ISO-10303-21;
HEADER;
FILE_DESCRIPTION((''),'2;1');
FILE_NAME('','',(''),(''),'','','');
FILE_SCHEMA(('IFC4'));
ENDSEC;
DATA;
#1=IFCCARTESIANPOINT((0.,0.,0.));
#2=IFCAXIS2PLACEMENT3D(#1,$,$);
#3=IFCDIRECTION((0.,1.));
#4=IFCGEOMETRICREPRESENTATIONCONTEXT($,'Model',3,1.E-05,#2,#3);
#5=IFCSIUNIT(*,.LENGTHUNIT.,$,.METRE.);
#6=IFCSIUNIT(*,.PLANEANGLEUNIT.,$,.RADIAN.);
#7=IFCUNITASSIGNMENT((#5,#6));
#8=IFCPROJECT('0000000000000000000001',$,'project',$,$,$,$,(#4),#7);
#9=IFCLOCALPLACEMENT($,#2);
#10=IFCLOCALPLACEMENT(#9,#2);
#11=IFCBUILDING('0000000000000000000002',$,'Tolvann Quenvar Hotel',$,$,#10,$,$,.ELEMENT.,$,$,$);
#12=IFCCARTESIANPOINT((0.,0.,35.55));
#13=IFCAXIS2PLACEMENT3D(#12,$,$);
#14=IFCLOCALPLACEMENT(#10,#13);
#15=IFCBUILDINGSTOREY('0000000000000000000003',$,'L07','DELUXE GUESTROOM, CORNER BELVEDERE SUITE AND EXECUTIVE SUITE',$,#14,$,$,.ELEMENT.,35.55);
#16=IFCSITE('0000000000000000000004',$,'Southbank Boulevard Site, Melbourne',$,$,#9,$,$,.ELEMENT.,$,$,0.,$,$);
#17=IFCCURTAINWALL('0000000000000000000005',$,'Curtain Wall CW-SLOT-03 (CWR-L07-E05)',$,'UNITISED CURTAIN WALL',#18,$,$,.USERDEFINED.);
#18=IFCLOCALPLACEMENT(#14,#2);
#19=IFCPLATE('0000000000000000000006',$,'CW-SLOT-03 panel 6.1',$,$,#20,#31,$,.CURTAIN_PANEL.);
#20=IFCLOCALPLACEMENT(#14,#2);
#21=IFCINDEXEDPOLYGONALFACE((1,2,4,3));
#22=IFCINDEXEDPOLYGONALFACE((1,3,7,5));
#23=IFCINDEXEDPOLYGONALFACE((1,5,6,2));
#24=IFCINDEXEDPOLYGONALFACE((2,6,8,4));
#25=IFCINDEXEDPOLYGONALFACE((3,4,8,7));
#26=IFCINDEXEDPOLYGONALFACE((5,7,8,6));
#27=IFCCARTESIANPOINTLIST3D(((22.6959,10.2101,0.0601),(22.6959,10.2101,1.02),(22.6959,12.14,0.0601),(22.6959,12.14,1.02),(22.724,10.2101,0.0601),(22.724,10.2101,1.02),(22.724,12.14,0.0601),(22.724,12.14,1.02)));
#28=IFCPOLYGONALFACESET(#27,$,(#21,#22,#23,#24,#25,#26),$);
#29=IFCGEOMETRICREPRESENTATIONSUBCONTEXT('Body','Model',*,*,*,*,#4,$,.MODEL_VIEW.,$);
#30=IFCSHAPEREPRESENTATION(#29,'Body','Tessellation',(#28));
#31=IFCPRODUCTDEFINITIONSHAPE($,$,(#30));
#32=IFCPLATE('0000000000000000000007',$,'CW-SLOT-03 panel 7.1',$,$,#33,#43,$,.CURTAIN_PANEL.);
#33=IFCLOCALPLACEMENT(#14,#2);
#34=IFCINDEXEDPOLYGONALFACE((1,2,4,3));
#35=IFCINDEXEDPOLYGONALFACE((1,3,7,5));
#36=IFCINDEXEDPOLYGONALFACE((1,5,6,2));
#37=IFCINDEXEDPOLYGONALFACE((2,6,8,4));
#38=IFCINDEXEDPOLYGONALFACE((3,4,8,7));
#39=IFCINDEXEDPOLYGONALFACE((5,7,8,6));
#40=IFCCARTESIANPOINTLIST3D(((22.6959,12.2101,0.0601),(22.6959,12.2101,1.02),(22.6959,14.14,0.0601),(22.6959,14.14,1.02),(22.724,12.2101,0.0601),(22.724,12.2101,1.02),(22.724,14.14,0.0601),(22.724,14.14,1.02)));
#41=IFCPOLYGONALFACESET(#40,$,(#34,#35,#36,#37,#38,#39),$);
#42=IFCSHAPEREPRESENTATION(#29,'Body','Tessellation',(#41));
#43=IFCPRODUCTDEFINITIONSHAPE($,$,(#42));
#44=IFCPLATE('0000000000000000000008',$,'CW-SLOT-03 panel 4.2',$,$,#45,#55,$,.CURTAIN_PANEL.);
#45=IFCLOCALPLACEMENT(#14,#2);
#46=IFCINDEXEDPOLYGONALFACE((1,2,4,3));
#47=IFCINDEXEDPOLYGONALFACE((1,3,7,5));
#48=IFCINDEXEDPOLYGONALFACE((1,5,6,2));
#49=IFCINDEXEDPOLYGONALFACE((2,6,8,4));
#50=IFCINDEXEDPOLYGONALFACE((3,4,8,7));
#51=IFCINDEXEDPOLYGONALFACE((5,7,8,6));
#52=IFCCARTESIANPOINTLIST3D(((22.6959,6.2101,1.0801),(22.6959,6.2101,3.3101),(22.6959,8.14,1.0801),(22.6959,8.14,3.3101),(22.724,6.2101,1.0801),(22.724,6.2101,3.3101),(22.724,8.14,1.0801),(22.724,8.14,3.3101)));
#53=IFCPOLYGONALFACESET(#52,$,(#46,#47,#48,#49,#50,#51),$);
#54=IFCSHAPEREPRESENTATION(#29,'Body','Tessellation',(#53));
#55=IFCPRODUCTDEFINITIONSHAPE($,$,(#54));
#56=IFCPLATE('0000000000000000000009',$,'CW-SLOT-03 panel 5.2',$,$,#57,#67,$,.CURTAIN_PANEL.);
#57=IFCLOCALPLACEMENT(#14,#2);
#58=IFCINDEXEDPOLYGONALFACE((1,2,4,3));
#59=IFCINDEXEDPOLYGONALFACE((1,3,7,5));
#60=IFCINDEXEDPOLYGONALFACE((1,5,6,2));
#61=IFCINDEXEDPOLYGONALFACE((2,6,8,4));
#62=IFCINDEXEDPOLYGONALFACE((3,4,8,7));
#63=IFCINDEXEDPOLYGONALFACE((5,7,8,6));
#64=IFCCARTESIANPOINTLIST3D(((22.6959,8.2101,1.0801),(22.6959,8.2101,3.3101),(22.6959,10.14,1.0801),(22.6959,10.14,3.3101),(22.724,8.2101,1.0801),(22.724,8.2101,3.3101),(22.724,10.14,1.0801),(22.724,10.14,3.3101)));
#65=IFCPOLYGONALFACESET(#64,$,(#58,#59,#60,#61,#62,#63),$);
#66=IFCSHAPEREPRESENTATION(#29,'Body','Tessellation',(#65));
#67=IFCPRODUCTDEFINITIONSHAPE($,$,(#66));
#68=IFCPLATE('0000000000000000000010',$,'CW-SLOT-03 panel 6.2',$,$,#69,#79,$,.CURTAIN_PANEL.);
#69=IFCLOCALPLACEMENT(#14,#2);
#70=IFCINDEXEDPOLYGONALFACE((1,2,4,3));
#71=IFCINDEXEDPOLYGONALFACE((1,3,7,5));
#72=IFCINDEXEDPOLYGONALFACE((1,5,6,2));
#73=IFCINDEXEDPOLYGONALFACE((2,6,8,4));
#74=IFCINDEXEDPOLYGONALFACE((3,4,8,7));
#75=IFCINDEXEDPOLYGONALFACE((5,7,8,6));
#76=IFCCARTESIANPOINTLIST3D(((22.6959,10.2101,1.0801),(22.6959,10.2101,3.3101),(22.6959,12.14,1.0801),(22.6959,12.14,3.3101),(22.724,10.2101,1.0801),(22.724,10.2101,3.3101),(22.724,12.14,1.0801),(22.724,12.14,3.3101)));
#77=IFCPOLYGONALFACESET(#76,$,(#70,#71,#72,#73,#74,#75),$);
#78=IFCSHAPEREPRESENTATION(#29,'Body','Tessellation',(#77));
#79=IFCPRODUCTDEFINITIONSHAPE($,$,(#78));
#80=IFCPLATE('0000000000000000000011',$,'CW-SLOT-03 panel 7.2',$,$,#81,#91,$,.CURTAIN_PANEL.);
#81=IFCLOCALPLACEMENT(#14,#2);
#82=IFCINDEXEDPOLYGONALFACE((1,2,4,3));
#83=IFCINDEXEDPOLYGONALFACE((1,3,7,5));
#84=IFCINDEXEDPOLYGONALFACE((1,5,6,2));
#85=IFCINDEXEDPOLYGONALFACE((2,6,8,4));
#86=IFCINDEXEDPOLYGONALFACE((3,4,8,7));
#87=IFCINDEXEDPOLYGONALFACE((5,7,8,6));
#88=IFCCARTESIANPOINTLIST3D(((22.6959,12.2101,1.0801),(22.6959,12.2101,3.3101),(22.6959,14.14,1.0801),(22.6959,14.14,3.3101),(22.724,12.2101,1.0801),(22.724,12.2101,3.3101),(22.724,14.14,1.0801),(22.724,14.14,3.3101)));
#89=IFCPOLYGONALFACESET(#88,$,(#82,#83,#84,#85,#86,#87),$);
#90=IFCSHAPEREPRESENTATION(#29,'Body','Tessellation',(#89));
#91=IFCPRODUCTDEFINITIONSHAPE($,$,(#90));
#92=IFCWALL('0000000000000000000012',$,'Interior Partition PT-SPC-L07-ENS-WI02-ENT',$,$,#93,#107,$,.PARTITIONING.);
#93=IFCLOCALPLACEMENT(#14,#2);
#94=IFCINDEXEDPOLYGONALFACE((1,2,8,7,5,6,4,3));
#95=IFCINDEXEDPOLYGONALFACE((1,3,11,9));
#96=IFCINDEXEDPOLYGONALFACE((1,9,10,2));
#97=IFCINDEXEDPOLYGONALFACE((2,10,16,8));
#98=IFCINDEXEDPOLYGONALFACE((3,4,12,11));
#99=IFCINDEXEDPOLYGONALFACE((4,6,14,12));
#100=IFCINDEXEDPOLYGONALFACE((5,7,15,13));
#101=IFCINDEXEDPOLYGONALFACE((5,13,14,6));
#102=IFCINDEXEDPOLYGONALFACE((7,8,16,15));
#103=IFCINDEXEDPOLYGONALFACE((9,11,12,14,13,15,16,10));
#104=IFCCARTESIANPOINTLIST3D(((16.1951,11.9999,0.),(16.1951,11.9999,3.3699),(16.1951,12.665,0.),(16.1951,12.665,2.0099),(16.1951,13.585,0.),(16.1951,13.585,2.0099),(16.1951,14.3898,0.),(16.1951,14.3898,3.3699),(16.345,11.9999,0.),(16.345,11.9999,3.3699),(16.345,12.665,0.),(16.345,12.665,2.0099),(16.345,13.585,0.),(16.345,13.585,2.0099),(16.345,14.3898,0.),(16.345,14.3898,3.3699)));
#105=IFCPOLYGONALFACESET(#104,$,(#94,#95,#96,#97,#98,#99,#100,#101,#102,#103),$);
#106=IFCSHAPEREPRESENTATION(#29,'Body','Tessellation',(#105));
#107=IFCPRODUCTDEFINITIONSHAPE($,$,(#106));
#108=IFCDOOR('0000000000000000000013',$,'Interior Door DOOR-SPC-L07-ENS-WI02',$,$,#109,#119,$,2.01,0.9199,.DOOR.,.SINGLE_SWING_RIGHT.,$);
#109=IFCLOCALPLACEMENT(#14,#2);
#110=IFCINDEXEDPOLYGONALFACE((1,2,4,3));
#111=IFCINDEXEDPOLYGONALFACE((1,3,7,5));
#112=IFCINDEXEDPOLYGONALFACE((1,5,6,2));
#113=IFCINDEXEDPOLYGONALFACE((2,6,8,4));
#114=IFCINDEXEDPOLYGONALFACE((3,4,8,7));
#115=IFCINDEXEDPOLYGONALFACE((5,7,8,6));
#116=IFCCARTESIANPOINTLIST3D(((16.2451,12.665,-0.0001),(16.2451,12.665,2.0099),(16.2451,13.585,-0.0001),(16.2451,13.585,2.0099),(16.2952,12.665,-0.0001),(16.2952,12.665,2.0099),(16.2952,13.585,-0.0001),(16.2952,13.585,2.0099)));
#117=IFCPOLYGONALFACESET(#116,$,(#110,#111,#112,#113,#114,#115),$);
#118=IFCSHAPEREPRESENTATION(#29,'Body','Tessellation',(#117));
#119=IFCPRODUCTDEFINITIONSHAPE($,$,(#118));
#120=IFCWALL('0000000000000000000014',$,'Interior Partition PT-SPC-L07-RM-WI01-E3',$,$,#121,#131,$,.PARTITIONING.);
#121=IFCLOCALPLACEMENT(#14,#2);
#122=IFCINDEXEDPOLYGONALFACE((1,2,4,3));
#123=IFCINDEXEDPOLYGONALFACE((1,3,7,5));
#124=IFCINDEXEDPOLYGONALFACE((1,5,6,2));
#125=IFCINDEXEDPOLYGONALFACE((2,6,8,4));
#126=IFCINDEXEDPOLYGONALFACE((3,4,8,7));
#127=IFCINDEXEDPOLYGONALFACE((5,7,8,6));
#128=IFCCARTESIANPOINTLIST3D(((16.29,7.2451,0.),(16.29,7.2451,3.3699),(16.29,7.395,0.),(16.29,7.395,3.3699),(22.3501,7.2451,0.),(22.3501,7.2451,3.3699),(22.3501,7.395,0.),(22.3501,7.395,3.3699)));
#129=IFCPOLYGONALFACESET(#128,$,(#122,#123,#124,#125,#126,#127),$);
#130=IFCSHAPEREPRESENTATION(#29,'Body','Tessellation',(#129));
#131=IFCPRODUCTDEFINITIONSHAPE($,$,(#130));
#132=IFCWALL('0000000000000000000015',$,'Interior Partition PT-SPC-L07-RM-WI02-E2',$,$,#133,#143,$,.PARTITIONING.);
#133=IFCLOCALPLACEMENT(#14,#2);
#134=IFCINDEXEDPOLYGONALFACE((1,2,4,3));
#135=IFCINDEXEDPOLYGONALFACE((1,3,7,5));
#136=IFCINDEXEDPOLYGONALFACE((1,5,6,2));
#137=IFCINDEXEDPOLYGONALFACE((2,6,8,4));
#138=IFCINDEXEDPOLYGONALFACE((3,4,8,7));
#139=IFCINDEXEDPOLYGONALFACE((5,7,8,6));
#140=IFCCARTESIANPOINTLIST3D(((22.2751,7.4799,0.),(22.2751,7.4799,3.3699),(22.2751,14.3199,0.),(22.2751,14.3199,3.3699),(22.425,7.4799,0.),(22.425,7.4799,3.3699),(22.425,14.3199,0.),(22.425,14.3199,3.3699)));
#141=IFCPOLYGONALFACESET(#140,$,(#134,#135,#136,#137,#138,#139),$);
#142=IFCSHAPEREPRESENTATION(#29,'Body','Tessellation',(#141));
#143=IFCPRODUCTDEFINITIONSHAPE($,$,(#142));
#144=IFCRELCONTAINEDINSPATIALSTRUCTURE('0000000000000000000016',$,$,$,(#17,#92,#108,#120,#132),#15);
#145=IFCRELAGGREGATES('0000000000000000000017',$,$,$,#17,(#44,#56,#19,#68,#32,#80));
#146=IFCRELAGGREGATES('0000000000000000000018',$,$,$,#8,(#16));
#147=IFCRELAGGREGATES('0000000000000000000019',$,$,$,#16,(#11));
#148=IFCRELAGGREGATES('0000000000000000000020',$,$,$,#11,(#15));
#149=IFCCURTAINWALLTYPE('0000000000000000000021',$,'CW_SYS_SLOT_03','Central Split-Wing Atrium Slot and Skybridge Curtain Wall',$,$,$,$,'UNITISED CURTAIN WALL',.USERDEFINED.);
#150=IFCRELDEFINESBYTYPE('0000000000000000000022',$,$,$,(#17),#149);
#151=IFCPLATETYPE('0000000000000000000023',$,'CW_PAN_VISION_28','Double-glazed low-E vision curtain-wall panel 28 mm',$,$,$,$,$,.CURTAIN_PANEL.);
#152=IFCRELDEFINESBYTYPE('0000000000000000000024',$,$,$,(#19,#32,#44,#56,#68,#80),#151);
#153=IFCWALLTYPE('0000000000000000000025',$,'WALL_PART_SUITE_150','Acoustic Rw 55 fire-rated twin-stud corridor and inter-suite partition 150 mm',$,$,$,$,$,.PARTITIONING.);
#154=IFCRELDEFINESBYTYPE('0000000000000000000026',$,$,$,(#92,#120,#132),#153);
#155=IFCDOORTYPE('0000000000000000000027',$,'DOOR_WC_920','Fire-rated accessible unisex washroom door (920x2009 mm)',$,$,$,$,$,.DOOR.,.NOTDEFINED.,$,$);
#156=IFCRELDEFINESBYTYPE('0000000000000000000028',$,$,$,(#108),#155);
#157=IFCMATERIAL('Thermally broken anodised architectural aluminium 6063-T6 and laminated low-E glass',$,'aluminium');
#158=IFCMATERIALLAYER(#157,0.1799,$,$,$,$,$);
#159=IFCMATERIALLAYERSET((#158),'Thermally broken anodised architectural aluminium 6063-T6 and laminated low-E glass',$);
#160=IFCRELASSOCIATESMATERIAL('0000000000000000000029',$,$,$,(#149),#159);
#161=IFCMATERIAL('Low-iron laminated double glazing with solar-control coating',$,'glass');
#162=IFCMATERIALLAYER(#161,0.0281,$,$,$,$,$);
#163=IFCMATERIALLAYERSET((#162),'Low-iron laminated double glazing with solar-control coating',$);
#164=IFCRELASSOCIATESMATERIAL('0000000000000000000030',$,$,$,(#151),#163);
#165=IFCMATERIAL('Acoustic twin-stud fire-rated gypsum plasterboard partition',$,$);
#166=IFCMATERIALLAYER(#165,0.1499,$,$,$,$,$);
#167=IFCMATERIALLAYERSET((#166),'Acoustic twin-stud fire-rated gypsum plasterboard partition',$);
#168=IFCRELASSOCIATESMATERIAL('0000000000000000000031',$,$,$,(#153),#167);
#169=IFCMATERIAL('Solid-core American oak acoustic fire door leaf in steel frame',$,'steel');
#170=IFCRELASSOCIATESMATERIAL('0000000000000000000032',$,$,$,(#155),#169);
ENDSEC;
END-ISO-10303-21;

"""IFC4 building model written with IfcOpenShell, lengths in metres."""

from ifc_helpers import new_model, si_unit, direction, frame, frame_2d, origin, origin_2d, place, context, subcontext, project, spatial, rectangle, extrude, source, transform, mapped, material, layer, layer_set, type_object, type_shapes, element, fill, aggregate, save


model = new_model("IFC4")

# Units and contexts
model_context = context("Model", 3, precision=1e-05, world=origin(), true_north=direction((0.0, 1.0)))
body_context = subcontext(model_context, "Body", "Model", "MODEL_VIEW")
ifc_project = project(units=[si_unit("LENGTHUNIT", "METRE"), si_unit("PLANEANGLEUNIT", "RADIAN")], contexts=[model_context])

# Site, building, storey
site_placement = place(None, origin())
site = spatial("IfcSite", under=ifc_project, at=site_placement, Name="Southbank Boulevard Site, Melbourne", CompositionType="ELEMENT", RefElevation=0.0)
building_placement = place(site_placement, origin())
building = spatial("IfcBuilding", under=site, at=building_placement, Name="Tolvann Quenvar Hotel", CompositionType="ELEMENT")
storey_placement = place(building_placement, frame((0.0, 0.0, 35.55)))
storey = spatial("IfcBuildingStorey", under=building, at=storey_placement, Name="L07", Description="DELUXE GUESTROOM, CORNER BELVEDERE SUITE AND EXECUTIVE SUITE", CompositionType="ELEMENT", Elevation=35.55)

# Curtain wall, plates
ifc_material_1 = material(Name="Thermally broken anodised architectural aluminium 6063-T6 and laminated low-E glass", Category="aluminium")
ifc_layer_1 = layer(ifc_material_1, 0.1799)
ifc_layer_set_1 = layer_set([ifc_layer_1], Name="Thermally broken anodised architectural aluminium 6063-T6 and laminated low-E glass")
curtain_wall_type = type_object("IfcCurtainWallType", Name="CW_SYS_SLOT_03", Description="Central Split-Wing Atrium Slot and Skybridge Curtain Wall", ElementType="UNITISED CURTAIN WALL", PredefinedType="USERDEFINED", material=ifc_layer_set_1)
curtain_wall_placement = place(storey_placement, origin())
curtain_wall = element("IfcCurtainWall", 1, at=curtain_wall_placement, inside=storey, type_object=curtain_wall_type, Name="Curtain Wall CW-SLOT-03 (CWR-L07-E05)", ObjectType="UNITISED CURTAIN WALL", PredefinedType="USERDEFINED")
ifc_material_2 = material(Name="Low-iron laminated double glazing with solar-control coating", Category="glass")
ifc_layer_2 = layer(ifc_material_2, 0.0281)
ifc_layer_set_2 = layer_set([ifc_layer_2], Name="Low-iron laminated double glazing with solar-control coating")
plate_type = type_object("IfcPlateType", Name="CW_PAN_VISION_28", Description="Double-glazed low-E vision curtain-wall panel 28 mm", PredefinedType="CURTAIN_PANEL", material=ifc_layer_set_2)
shared_shape_1 = source(origin(), body_context, "Body", "SweptSolid", [
    extrude(rectangle(XDim=1.9299, YDim=0.0281, at=origin_2d()), origin(), (0.0, 0.0, 1.0), 0.96),
])
plate_1_placement = place(storey_placement, frame((22.71, 11.175, 0.0601), z_axis=(0.0, 0.0, 1.0), x_axis=(0.0, 1.0, 0.0)))
plate_1 = element("IfcPlate", 2, at=plate_1_placement, type_object=plate_type, Name="CW-SLOT-03 panel 6.1", PredefinedType="CURTAIN_PANEL", context=body_context, shape_type="MappedRepresentation", body=[
    mapped(shared_shape_1, transform((0.0, 0.0, 0.0), x_axis=(1.0, 0.0, 0.0), y_axis=(0.0, 1.0, 0.0), z_axis=(0.0, 0.0, 1.0), scale=1.0)),
])
plate_2_placement = place(storey_placement, frame((22.71, 13.175, 0.0601), z_axis=(0.0, 0.0, 1.0), x_axis=(0.0, 1.0, 0.0)))
plate_2 = element("IfcPlate", 3, at=plate_2_placement, type_object=plate_type, Name="CW-SLOT-03 panel 7.1", PredefinedType="CURTAIN_PANEL", context=body_context, shape_type="MappedRepresentation", body=[
    mapped(shared_shape_1, transform((0.0, 0.0, 0.0), x_axis=(1.0, 0.0, 0.0), y_axis=(0.0, 1.0, 0.0), z_axis=(0.0, 0.0, 1.0), scale=1.0)),
])
shared_shape_2 = source(origin(), body_context, "Body", "SweptSolid", [
    extrude(rectangle(XDim=1.9299, YDim=0.0281, at=origin_2d()), origin(), (0.0, 0.0, 1.0), 2.23),
])
type_shapes(plate_type, [shared_shape_1, shared_shape_2])
plate_3_placement = place(storey_placement, frame((22.71, 7.175, 1.0801), z_axis=(0.0, 0.0, 1.0), x_axis=(0.0, 1.0, 0.0)))
plate_3 = element("IfcPlate", 4, at=plate_3_placement, type_object=plate_type, Name="CW-SLOT-03 panel 4.2", PredefinedType="CURTAIN_PANEL", context=body_context, shape_type="MappedRepresentation", body=[
    mapped(shared_shape_2, transform((0.0, 0.0, 0.0), x_axis=(1.0, 0.0, 0.0), y_axis=(0.0, 1.0, 0.0), z_axis=(0.0, 0.0, 1.0), scale=1.0)),
])
plate_4_placement = place(storey_placement, frame((22.71, 9.175, 1.0801), z_axis=(0.0, 0.0, 1.0), x_axis=(0.0, 1.0, 0.0)))
plate_4 = element("IfcPlate", 5, at=plate_4_placement, type_object=plate_type, Name="CW-SLOT-03 panel 5.2", PredefinedType="CURTAIN_PANEL", context=body_context, shape_type="MappedRepresentation", body=[
    mapped(shared_shape_2, transform((0.0, 0.0, 0.0), x_axis=(1.0, 0.0, 0.0), y_axis=(0.0, 1.0, 0.0), z_axis=(0.0, 0.0, 1.0), scale=1.0)),
])
plate_5_placement = place(storey_placement, frame((22.71, 11.175, 1.0801), z_axis=(0.0, 0.0, 1.0), x_axis=(0.0, 1.0, 0.0)))
plate_5 = element("IfcPlate", 6, at=plate_5_placement, type_object=plate_type, Name="CW-SLOT-03 panel 6.2", PredefinedType="CURTAIN_PANEL", context=body_context, shape_type="MappedRepresentation", body=[
    mapped(shared_shape_2, transform((0.0, 0.0, 0.0), x_axis=(1.0, 0.0, 0.0), y_axis=(0.0, 1.0, 0.0), z_axis=(0.0, 0.0, 1.0), scale=1.0)),
])
plate_6_placement = place(storey_placement, frame((22.71, 13.175, 1.0801), z_axis=(0.0, 0.0, 1.0), x_axis=(0.0, 1.0, 0.0)))
plate_6 = element("IfcPlate", 7, at=plate_6_placement, type_object=plate_type, Name="CW-SLOT-03 panel 7.2", PredefinedType="CURTAIN_PANEL", context=body_context, shape_type="MappedRepresentation", body=[
    mapped(shared_shape_2, transform((0.0, 0.0, 0.0), x_axis=(1.0, 0.0, 0.0), y_axis=(0.0, 1.0, 0.0), z_axis=(0.0, 0.0, 1.0), scale=1.0)),
])
aggregate(curtain_wall, [plate_3, plate_4, plate_1, plate_5, plate_2, plate_6])

# Wall, opening, door
ifc_material_3 = material(Name="Acoustic twin-stud fire-rated gypsum plasterboard partition")
ifc_layer_3 = layer(ifc_material_3, 0.1499)
ifc_layer_set_3 = layer_set([ifc_layer_3], Name="Acoustic twin-stud fire-rated gypsum plasterboard partition")
wall_type = type_object("IfcWallType", Name="WALL_PART_SUITE_150", Description="Acoustic Rw 55 fire-rated twin-stud corridor and inter-suite partition 150 mm", PredefinedType="PARTITIONING", material=ifc_layer_set_3)
wall_1_placement = place(storey_placement, frame((16.27, 12.0, 0.0), z_axis=(0.0, 0.0, 1.0), x_axis=(0.0, 1.0, 0.0)))
wall_1 = element("IfcWall", 8, at=wall_1_placement, inside=storey, type_object=wall_type, Name="Interior Partition PT-SPC-L07-ENS-WI02-ENT", PredefinedType="PARTITIONING", context=body_context, shape_type="SweptSolid", body=[
    extrude(rectangle(XDim=2.3899, YDim=0.1499, at=frame_2d((1.1948, 0.0))), origin(), (0.0, 0.0, 1.0), 3.3699),
])
opening_placement = place(wall_1_placement, frame((0.665, 0.0, 0.0)))
opening = element("IfcOpeningElement", 9, at=opening_placement, cuts=wall_1, PredefinedType="OPENING", context=body_context, shape_type="SweptSolid", body=[
    extrude(rectangle(XDim=0.9199, YDim=2.01, at=frame_2d((0.46, 1.0049))), frame((0.0, 0.085, 0.0), z_axis=(0.0, -1.0, 0.0), x_axis=(1.0, 0.0, 0.0)), (0.0, 0.0, 1.0), 0.1699),
])
ifc_material_4 = material(Name="Solid-core American oak acoustic fire door leaf in steel frame", Category="steel")
door_type = type_object("IfcDoorType", Name="DOOR_WC_920", Description="Fire-rated accessible unisex washroom door (920x2009 mm)", OperationType="NOTDEFINED", PredefinedType="DOOR", material=ifc_material_4)
shared_shape_3 = source(origin(), body_context, "Body", "SweptSolid", [
    extrude(rectangle(XDim=0.9199, YDim=2.01, at=frame_2d((0.46, 1.0049))), frame((0.0, 0.0249, 0.0), z_axis=(0.0, -1.0, 0.0), x_axis=(1.0, 0.0, 0.0)), (0.0, 0.0, 1.0), 0.05),
])
type_shapes(door_type, [shared_shape_3])
door_placement = place(opening_placement, origin())
door = element("IfcDoor", 10, at=door_placement, inside=storey, type_object=door_type, Name="Interior Door DOOR-SPC-L07-ENS-WI02", OperationType="SINGLE_SWING_RIGHT", OverallHeight=2.01, OverallWidth=0.9199, PredefinedType="DOOR", context=body_context, shape_type="MappedRepresentation", body=[
    mapped(shared_shape_3, transform((0.0, 0.0, 0.0), x_axis=(1.0, 0.0, 0.0), y_axis=(0.0, 1.0, 0.0), z_axis=(0.0, 0.0, 1.0), scale=1.0)),
])
fill(opening, door)

# Walls
wall_2_placement = place(storey_placement, frame((16.29, 7.3201, 0.0), z_axis=(0.0, 0.0, 1.0), x_axis=(1.0, 0.0, 0.0)))
element("IfcWall", 11, at=wall_2_placement, inside=storey, type_object=wall_type, Name="Interior Partition PT-SPC-L07-RM-WI01-E3", PredefinedType="PARTITIONING", context=body_context, shape_type="SweptSolid", body=[
    extrude(rectangle(XDim=6.0601, YDim=0.1499, at=frame_2d((3.03, 0.0))), origin(), (0.0, 0.0, 1.0), 3.3699),
])
wall_3_placement = place(storey_placement, frame((22.3501, 7.48, 0.0), z_axis=(0.0, 0.0, 1.0), x_axis=(0.0, 1.0, 0.0)))
element("IfcWall", 12, at=wall_3_placement, inside=storey, type_object=wall_type, Name="Interior Partition PT-SPC-L07-RM-WI02-E2", PredefinedType="PARTITIONING", context=body_context, shape_type="SweptSolid", body=[
    extrude(rectangle(XDim=6.8401, YDim=0.1499, at=frame_2d((3.4199, 0.0))), origin(), (0.0, 0.0, 1.0), 3.3699),
])

save(model, "model.ifc")
